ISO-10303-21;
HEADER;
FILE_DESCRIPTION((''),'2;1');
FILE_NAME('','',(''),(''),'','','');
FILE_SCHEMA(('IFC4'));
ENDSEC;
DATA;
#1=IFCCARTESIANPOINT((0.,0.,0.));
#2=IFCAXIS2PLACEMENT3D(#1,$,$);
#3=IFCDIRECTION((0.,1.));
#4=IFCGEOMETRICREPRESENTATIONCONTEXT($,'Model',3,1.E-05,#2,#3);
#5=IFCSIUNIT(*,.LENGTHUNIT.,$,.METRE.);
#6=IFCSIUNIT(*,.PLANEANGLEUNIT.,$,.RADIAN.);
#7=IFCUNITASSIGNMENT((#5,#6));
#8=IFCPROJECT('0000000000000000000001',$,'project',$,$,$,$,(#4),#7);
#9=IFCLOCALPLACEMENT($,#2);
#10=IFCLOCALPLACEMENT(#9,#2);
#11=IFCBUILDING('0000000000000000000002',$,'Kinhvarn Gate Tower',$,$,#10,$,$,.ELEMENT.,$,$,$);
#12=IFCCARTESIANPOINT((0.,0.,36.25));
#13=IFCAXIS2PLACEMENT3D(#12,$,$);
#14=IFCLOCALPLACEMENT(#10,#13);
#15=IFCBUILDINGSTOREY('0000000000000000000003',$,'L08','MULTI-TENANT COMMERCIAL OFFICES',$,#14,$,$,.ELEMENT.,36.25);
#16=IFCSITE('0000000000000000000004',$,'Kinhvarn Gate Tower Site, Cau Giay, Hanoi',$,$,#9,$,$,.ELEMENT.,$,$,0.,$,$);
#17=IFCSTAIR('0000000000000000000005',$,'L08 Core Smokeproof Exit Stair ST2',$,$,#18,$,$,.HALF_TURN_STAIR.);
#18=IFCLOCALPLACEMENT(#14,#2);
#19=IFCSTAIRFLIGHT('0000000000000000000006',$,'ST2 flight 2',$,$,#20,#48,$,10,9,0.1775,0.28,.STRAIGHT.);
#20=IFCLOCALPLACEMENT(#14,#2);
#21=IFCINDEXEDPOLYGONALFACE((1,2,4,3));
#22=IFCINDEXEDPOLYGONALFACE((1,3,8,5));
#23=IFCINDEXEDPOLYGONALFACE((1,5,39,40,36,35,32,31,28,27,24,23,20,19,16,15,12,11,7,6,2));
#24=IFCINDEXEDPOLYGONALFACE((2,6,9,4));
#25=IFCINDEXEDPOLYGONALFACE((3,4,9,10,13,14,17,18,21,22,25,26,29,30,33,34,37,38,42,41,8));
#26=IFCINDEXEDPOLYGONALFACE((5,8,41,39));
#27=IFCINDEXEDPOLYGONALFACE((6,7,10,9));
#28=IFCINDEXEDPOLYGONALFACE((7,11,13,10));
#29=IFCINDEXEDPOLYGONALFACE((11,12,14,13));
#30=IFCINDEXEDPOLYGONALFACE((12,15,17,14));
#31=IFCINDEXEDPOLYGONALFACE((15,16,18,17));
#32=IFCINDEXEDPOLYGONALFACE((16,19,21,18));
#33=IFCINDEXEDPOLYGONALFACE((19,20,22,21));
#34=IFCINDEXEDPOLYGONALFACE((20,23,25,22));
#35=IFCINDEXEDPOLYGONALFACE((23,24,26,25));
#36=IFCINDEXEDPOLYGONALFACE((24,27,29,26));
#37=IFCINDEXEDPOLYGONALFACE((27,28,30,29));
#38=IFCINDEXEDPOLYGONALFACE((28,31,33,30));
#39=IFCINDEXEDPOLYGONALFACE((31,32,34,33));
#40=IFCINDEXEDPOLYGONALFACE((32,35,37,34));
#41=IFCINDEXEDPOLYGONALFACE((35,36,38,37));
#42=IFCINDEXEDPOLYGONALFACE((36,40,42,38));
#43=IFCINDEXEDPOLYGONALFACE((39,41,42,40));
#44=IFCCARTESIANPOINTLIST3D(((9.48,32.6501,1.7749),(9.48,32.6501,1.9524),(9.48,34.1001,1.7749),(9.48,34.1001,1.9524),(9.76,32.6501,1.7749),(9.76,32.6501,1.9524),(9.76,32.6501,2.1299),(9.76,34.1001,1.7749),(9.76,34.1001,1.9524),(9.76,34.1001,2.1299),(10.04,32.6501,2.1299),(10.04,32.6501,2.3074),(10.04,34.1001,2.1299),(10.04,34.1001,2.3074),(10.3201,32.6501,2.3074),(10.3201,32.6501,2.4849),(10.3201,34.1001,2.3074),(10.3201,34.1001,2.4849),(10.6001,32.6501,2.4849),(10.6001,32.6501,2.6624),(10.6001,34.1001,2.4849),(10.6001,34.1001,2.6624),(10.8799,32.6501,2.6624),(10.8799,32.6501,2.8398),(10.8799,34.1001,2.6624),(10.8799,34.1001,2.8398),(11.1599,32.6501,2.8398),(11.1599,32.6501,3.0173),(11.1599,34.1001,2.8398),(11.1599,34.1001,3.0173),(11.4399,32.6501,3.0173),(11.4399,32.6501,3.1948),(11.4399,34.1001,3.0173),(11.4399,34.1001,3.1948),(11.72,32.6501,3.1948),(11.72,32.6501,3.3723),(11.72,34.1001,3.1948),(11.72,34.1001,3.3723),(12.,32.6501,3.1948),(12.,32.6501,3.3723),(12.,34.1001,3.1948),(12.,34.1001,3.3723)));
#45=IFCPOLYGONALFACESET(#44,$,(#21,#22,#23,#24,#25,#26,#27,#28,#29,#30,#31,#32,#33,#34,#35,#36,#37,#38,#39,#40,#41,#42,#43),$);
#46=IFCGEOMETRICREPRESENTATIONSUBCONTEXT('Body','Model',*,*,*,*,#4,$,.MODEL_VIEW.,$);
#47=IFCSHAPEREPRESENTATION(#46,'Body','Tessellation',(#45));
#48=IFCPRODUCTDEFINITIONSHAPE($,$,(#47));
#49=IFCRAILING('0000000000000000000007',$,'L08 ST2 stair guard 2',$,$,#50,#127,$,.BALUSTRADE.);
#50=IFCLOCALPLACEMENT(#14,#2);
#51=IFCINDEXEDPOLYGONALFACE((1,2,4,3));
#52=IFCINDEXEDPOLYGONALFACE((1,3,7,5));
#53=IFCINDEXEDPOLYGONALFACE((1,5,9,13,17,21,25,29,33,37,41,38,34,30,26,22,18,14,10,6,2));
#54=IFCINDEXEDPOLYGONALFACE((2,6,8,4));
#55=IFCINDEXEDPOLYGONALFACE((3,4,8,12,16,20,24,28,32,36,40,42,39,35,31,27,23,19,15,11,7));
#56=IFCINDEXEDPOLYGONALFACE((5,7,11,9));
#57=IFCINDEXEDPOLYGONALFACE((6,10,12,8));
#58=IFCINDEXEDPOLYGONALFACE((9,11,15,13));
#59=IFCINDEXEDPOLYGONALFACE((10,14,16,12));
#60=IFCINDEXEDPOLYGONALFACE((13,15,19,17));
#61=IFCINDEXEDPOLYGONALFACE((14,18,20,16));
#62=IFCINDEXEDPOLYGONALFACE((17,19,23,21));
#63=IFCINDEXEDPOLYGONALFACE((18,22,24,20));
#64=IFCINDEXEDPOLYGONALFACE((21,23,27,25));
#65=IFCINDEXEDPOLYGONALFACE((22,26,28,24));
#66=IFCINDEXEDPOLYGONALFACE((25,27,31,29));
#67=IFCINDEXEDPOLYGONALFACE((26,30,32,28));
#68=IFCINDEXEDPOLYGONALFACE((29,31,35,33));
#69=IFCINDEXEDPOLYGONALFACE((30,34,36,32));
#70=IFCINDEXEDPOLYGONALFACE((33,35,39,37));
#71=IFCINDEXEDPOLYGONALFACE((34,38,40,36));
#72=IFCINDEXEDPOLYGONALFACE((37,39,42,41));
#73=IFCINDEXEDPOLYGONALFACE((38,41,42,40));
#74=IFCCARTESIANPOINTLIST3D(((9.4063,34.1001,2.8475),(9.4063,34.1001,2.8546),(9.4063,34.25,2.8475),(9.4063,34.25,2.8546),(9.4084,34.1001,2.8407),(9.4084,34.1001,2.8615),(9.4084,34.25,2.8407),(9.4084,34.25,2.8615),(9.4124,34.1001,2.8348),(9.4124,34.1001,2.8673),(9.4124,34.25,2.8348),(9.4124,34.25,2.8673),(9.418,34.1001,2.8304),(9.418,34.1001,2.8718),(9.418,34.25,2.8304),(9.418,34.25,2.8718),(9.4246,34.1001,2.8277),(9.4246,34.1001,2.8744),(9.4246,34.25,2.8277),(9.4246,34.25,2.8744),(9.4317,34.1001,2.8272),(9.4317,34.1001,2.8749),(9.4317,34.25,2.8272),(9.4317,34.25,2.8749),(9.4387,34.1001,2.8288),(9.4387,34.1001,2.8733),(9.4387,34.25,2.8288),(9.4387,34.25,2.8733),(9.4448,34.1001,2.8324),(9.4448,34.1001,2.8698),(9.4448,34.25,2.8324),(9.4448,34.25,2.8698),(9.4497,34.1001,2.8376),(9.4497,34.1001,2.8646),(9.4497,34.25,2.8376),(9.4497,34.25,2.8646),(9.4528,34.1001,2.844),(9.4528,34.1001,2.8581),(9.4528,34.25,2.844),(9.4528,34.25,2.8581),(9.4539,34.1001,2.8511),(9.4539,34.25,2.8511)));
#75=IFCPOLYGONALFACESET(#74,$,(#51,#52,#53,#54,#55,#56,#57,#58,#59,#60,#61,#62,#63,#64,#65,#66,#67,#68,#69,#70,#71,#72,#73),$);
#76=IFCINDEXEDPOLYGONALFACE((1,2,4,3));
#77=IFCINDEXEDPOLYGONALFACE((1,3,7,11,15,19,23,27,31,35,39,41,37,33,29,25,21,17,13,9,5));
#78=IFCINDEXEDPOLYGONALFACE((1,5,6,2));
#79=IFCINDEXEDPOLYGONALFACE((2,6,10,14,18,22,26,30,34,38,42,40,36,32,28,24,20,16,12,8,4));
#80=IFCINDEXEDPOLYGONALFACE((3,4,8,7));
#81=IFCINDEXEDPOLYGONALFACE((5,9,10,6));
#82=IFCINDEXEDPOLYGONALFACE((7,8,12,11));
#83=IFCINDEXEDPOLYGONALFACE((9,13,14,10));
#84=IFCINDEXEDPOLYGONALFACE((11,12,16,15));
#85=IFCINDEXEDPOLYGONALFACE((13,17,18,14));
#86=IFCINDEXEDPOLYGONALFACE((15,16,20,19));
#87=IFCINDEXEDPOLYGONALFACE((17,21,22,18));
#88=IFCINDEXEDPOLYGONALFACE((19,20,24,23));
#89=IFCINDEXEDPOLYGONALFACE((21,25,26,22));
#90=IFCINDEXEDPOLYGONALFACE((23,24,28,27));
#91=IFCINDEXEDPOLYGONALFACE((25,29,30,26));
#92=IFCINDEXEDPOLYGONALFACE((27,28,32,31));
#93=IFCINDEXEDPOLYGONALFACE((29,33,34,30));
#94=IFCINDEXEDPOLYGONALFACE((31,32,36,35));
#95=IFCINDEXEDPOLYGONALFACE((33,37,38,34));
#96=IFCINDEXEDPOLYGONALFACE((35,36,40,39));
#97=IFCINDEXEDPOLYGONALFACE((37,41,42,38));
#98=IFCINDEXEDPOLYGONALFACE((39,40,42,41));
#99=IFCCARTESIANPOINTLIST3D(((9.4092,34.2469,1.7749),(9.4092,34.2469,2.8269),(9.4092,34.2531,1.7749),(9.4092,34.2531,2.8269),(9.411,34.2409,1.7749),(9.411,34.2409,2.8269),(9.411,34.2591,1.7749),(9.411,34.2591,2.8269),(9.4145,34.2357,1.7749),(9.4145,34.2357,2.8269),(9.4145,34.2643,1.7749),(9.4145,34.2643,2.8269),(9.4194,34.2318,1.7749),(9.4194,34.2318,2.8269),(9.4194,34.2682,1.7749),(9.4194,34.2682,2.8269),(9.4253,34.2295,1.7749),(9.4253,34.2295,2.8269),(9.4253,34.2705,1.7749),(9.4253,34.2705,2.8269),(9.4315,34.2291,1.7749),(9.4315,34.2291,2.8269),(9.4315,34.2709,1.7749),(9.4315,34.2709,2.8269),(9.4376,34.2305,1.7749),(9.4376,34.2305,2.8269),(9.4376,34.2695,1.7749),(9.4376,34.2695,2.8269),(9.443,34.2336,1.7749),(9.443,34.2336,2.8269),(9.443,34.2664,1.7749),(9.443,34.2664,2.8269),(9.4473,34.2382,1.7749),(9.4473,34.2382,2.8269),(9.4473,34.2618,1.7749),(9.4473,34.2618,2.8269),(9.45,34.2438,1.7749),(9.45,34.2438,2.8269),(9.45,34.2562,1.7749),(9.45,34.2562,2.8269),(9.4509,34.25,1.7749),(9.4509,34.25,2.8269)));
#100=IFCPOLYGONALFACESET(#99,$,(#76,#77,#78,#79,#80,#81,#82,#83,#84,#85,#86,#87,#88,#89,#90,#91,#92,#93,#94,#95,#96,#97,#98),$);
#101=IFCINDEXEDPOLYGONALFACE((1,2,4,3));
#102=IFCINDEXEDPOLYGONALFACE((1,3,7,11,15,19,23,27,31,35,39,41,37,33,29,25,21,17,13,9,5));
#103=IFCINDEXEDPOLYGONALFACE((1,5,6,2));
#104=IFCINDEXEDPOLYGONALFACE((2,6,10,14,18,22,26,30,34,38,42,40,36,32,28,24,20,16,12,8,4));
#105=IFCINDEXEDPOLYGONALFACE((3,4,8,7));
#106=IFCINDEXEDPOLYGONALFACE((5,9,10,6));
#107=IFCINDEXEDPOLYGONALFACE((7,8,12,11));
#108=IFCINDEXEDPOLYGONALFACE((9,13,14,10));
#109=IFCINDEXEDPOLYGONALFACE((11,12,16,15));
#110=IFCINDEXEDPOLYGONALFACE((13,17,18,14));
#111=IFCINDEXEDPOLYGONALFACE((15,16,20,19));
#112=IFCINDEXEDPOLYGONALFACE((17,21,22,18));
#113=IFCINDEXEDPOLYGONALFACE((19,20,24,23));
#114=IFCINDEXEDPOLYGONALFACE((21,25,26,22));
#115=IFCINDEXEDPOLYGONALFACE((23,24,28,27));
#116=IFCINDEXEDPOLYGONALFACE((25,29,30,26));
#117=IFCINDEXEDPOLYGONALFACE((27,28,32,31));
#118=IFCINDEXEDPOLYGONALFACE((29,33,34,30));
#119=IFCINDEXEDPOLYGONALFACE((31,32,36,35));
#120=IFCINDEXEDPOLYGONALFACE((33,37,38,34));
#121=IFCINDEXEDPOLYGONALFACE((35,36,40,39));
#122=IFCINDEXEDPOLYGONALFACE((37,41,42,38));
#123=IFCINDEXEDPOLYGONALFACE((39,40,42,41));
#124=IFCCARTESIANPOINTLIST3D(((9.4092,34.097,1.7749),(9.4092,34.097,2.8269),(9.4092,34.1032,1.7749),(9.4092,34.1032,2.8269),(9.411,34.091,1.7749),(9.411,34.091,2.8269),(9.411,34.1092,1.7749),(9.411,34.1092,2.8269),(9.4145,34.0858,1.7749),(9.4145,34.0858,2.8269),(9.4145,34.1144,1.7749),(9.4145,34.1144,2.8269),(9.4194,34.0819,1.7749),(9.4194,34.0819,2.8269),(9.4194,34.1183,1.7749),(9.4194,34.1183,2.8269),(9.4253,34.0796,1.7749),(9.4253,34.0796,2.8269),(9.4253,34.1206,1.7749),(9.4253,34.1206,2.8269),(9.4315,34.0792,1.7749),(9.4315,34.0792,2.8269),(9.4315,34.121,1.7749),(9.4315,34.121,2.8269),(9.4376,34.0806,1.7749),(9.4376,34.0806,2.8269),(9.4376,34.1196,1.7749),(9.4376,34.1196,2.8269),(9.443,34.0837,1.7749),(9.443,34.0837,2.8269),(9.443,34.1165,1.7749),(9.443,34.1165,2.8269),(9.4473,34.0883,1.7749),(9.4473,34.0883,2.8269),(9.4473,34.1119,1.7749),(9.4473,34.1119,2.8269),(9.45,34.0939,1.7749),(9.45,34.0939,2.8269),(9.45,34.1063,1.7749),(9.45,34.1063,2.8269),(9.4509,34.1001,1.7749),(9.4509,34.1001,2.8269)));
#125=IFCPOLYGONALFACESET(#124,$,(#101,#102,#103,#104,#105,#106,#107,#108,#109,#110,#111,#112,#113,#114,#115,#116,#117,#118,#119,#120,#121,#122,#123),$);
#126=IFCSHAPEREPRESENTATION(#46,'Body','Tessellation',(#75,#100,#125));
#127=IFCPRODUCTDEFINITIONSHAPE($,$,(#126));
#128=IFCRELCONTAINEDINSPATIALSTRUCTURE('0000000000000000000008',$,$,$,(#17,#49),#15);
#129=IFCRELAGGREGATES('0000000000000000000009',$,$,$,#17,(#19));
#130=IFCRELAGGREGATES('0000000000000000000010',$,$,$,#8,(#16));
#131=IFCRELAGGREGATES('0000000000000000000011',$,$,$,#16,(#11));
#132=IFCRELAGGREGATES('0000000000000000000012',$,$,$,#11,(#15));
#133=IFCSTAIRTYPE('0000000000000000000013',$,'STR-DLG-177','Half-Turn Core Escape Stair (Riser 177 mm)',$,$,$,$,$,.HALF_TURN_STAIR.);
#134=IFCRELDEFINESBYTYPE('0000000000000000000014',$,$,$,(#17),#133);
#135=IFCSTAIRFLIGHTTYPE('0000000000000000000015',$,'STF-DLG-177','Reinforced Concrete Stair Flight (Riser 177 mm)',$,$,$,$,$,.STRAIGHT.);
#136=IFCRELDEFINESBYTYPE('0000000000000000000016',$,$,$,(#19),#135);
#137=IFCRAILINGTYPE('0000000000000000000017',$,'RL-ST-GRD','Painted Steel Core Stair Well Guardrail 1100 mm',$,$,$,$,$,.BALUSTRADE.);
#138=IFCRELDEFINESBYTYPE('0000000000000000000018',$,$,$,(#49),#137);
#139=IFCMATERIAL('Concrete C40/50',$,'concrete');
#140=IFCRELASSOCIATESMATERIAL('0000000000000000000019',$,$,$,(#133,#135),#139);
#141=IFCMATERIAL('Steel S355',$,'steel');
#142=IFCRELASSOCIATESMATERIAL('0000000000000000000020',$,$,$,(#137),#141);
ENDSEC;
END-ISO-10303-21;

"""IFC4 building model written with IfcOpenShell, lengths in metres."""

from ifc_helpers import new_model, si_unit, direction, frame, origin, origin_2d, place, context, subcontext, project, spatial, polyline, circle, outline, extrude, material, type_object, element, aggregate, save


model = new_model("IFC4")

# Units and contexts
model_context = context("Model", 3, precision=1e-05, world=origin(), true_north=direction((0.0, 1.0)))
body_context = subcontext(model_context, "Body", "Model", "MODEL_VIEW")
ifc_project = project(units=[si_unit("LENGTHUNIT", "METRE"), si_unit("PLANEANGLEUNIT", "RADIAN")], contexts=[model_context])

# Site, building, storey
site_placement = place(None, origin())
site = spatial("IfcSite", under=ifc_project, at=site_placement, Name="Kinhvarn Gate Tower Site, Cau Giay, Hanoi", CompositionType="ELEMENT", RefElevation=0.0)
building_placement = place(site_placement, origin())
building = spatial("IfcBuilding", under=site, at=building_placement, Name="Kinhvarn Gate Tower", CompositionType="ELEMENT")
storey_placement = place(building_placement, frame((0.0, 0.0, 36.25)))
storey = spatial("IfcBuildingStorey", under=building, at=storey_placement, Name="L08", Description="MULTI-TENANT COMMERCIAL OFFICES", CompositionType="ELEMENT", Elevation=36.25)

# Shared definitions
ifc_material_1 = material(Name="Steel S355", Category="steel")

# Shared definitions
ifc_material_2 = material(Name="Concrete C40/50", Category="concrete")

# Stair, stair flight
stair_type = type_object("IfcStairType", Name="STR-DLG-177", Description="Half-Turn Core Escape Stair (Riser 177 mm)", PredefinedType="HALF_TURN_STAIR", material=ifc_material_2)
stair_placement = place(storey_placement, origin())
stair = element("IfcStair", 1, at=stair_placement, inside=storey, type_object=stair_type, Name="L08 Core Smokeproof Exit Stair ST2", PredefinedType="HALF_TURN_STAIR")
stair_flight_type = type_object("IfcStairFlightType", Name="STF-DLG-177", Description="Reinforced Concrete Stair Flight (Riser 177 mm)", PredefinedType="STRAIGHT", material=ifc_material_2)
stair_flight_placement = place(storey_placement, frame((9.48, 33.375, 1.7749), z_axis=(0.0, 0.0, 1.0), x_axis=(1.0, 0.0, 0.0)))
stair_flight = element("IfcStairFlight", 2, at=stair_flight_placement, type_object=stair_flight_type, Name="ST2 flight 2", NumberOfRisers=10, NumberOfTreads=9, PredefinedType="STRAIGHT", RiserHeight=0.1775, TreadLength=0.28, context=body_context, shape_type="SweptSolid", body=[
    extrude(outline(polyline([(0.0, 0.0), (0.0, 0.1775), (0.28, 0.1775), (0.28, 0.355), (0.5601, 0.355), (0.5601, 0.5325), (0.8401, 0.5325), (0.8401, 0.71), (1.1201, 0.71), (1.1201, 0.8875), (1.3999, 0.8875), (1.3999, 1.0649), (1.6799, 1.0649), (1.6799, 1.2424), (1.96, 1.2424), (1.96, 1.4199), (2.24, 1.4199), (2.24, 1.5974), (2.52, 1.5974), (2.52, 1.7749), (2.52, 1.4199), (0.28, 0.0), (0.0, 0.0)])), frame((0.0, 0.7251, 0.0), z_axis=(0.0, -1.0, 0.0), x_axis=(1.0, 0.0, 0.0)), (0.0, 0.0, 1.0), 1.45),
])
aggregate(stair, [stair_flight])

# Railing
railing_type_1 = type_object("IfcRailingType", Name="RL-ST-GRD", Description="Painted Steel Core Stair Well Guardrail 1100 mm", PredefinedType="BALUSTRADE", material=ifc_material_1)
railing_1_placement = place(storey_placement, frame((9.4299, 34.25, 1.7749)))
element("IfcRailing", 3, at=railing_1_placement, inside=storey, type_object=railing_type_1, Name="L08 ST2 stair guard 2", PredefinedType="BALUSTRADE", context=body_context, shape_type="SweptSolid", body=[
    extrude(circle(Radius=0.0239, at=origin_2d()), frame((0.0, 0.0, 1.0762), z_axis=(0.0, -1.0, 0.0), x_axis=(1.0, 0.0, 0.0)), (0.0, 0.0, 1.0), 0.1499),
    extrude(circle(Radius=0.021, at=origin_2d()), origin(), (0.0, 0.0, 1.0), 1.052),
    extrude(circle(Radius=0.021, at=origin_2d()), frame((0.0, -0.1499, 0.0)), (0.0, 0.0, 1.0), 1.052),
])

save(model, "model.ifc")
